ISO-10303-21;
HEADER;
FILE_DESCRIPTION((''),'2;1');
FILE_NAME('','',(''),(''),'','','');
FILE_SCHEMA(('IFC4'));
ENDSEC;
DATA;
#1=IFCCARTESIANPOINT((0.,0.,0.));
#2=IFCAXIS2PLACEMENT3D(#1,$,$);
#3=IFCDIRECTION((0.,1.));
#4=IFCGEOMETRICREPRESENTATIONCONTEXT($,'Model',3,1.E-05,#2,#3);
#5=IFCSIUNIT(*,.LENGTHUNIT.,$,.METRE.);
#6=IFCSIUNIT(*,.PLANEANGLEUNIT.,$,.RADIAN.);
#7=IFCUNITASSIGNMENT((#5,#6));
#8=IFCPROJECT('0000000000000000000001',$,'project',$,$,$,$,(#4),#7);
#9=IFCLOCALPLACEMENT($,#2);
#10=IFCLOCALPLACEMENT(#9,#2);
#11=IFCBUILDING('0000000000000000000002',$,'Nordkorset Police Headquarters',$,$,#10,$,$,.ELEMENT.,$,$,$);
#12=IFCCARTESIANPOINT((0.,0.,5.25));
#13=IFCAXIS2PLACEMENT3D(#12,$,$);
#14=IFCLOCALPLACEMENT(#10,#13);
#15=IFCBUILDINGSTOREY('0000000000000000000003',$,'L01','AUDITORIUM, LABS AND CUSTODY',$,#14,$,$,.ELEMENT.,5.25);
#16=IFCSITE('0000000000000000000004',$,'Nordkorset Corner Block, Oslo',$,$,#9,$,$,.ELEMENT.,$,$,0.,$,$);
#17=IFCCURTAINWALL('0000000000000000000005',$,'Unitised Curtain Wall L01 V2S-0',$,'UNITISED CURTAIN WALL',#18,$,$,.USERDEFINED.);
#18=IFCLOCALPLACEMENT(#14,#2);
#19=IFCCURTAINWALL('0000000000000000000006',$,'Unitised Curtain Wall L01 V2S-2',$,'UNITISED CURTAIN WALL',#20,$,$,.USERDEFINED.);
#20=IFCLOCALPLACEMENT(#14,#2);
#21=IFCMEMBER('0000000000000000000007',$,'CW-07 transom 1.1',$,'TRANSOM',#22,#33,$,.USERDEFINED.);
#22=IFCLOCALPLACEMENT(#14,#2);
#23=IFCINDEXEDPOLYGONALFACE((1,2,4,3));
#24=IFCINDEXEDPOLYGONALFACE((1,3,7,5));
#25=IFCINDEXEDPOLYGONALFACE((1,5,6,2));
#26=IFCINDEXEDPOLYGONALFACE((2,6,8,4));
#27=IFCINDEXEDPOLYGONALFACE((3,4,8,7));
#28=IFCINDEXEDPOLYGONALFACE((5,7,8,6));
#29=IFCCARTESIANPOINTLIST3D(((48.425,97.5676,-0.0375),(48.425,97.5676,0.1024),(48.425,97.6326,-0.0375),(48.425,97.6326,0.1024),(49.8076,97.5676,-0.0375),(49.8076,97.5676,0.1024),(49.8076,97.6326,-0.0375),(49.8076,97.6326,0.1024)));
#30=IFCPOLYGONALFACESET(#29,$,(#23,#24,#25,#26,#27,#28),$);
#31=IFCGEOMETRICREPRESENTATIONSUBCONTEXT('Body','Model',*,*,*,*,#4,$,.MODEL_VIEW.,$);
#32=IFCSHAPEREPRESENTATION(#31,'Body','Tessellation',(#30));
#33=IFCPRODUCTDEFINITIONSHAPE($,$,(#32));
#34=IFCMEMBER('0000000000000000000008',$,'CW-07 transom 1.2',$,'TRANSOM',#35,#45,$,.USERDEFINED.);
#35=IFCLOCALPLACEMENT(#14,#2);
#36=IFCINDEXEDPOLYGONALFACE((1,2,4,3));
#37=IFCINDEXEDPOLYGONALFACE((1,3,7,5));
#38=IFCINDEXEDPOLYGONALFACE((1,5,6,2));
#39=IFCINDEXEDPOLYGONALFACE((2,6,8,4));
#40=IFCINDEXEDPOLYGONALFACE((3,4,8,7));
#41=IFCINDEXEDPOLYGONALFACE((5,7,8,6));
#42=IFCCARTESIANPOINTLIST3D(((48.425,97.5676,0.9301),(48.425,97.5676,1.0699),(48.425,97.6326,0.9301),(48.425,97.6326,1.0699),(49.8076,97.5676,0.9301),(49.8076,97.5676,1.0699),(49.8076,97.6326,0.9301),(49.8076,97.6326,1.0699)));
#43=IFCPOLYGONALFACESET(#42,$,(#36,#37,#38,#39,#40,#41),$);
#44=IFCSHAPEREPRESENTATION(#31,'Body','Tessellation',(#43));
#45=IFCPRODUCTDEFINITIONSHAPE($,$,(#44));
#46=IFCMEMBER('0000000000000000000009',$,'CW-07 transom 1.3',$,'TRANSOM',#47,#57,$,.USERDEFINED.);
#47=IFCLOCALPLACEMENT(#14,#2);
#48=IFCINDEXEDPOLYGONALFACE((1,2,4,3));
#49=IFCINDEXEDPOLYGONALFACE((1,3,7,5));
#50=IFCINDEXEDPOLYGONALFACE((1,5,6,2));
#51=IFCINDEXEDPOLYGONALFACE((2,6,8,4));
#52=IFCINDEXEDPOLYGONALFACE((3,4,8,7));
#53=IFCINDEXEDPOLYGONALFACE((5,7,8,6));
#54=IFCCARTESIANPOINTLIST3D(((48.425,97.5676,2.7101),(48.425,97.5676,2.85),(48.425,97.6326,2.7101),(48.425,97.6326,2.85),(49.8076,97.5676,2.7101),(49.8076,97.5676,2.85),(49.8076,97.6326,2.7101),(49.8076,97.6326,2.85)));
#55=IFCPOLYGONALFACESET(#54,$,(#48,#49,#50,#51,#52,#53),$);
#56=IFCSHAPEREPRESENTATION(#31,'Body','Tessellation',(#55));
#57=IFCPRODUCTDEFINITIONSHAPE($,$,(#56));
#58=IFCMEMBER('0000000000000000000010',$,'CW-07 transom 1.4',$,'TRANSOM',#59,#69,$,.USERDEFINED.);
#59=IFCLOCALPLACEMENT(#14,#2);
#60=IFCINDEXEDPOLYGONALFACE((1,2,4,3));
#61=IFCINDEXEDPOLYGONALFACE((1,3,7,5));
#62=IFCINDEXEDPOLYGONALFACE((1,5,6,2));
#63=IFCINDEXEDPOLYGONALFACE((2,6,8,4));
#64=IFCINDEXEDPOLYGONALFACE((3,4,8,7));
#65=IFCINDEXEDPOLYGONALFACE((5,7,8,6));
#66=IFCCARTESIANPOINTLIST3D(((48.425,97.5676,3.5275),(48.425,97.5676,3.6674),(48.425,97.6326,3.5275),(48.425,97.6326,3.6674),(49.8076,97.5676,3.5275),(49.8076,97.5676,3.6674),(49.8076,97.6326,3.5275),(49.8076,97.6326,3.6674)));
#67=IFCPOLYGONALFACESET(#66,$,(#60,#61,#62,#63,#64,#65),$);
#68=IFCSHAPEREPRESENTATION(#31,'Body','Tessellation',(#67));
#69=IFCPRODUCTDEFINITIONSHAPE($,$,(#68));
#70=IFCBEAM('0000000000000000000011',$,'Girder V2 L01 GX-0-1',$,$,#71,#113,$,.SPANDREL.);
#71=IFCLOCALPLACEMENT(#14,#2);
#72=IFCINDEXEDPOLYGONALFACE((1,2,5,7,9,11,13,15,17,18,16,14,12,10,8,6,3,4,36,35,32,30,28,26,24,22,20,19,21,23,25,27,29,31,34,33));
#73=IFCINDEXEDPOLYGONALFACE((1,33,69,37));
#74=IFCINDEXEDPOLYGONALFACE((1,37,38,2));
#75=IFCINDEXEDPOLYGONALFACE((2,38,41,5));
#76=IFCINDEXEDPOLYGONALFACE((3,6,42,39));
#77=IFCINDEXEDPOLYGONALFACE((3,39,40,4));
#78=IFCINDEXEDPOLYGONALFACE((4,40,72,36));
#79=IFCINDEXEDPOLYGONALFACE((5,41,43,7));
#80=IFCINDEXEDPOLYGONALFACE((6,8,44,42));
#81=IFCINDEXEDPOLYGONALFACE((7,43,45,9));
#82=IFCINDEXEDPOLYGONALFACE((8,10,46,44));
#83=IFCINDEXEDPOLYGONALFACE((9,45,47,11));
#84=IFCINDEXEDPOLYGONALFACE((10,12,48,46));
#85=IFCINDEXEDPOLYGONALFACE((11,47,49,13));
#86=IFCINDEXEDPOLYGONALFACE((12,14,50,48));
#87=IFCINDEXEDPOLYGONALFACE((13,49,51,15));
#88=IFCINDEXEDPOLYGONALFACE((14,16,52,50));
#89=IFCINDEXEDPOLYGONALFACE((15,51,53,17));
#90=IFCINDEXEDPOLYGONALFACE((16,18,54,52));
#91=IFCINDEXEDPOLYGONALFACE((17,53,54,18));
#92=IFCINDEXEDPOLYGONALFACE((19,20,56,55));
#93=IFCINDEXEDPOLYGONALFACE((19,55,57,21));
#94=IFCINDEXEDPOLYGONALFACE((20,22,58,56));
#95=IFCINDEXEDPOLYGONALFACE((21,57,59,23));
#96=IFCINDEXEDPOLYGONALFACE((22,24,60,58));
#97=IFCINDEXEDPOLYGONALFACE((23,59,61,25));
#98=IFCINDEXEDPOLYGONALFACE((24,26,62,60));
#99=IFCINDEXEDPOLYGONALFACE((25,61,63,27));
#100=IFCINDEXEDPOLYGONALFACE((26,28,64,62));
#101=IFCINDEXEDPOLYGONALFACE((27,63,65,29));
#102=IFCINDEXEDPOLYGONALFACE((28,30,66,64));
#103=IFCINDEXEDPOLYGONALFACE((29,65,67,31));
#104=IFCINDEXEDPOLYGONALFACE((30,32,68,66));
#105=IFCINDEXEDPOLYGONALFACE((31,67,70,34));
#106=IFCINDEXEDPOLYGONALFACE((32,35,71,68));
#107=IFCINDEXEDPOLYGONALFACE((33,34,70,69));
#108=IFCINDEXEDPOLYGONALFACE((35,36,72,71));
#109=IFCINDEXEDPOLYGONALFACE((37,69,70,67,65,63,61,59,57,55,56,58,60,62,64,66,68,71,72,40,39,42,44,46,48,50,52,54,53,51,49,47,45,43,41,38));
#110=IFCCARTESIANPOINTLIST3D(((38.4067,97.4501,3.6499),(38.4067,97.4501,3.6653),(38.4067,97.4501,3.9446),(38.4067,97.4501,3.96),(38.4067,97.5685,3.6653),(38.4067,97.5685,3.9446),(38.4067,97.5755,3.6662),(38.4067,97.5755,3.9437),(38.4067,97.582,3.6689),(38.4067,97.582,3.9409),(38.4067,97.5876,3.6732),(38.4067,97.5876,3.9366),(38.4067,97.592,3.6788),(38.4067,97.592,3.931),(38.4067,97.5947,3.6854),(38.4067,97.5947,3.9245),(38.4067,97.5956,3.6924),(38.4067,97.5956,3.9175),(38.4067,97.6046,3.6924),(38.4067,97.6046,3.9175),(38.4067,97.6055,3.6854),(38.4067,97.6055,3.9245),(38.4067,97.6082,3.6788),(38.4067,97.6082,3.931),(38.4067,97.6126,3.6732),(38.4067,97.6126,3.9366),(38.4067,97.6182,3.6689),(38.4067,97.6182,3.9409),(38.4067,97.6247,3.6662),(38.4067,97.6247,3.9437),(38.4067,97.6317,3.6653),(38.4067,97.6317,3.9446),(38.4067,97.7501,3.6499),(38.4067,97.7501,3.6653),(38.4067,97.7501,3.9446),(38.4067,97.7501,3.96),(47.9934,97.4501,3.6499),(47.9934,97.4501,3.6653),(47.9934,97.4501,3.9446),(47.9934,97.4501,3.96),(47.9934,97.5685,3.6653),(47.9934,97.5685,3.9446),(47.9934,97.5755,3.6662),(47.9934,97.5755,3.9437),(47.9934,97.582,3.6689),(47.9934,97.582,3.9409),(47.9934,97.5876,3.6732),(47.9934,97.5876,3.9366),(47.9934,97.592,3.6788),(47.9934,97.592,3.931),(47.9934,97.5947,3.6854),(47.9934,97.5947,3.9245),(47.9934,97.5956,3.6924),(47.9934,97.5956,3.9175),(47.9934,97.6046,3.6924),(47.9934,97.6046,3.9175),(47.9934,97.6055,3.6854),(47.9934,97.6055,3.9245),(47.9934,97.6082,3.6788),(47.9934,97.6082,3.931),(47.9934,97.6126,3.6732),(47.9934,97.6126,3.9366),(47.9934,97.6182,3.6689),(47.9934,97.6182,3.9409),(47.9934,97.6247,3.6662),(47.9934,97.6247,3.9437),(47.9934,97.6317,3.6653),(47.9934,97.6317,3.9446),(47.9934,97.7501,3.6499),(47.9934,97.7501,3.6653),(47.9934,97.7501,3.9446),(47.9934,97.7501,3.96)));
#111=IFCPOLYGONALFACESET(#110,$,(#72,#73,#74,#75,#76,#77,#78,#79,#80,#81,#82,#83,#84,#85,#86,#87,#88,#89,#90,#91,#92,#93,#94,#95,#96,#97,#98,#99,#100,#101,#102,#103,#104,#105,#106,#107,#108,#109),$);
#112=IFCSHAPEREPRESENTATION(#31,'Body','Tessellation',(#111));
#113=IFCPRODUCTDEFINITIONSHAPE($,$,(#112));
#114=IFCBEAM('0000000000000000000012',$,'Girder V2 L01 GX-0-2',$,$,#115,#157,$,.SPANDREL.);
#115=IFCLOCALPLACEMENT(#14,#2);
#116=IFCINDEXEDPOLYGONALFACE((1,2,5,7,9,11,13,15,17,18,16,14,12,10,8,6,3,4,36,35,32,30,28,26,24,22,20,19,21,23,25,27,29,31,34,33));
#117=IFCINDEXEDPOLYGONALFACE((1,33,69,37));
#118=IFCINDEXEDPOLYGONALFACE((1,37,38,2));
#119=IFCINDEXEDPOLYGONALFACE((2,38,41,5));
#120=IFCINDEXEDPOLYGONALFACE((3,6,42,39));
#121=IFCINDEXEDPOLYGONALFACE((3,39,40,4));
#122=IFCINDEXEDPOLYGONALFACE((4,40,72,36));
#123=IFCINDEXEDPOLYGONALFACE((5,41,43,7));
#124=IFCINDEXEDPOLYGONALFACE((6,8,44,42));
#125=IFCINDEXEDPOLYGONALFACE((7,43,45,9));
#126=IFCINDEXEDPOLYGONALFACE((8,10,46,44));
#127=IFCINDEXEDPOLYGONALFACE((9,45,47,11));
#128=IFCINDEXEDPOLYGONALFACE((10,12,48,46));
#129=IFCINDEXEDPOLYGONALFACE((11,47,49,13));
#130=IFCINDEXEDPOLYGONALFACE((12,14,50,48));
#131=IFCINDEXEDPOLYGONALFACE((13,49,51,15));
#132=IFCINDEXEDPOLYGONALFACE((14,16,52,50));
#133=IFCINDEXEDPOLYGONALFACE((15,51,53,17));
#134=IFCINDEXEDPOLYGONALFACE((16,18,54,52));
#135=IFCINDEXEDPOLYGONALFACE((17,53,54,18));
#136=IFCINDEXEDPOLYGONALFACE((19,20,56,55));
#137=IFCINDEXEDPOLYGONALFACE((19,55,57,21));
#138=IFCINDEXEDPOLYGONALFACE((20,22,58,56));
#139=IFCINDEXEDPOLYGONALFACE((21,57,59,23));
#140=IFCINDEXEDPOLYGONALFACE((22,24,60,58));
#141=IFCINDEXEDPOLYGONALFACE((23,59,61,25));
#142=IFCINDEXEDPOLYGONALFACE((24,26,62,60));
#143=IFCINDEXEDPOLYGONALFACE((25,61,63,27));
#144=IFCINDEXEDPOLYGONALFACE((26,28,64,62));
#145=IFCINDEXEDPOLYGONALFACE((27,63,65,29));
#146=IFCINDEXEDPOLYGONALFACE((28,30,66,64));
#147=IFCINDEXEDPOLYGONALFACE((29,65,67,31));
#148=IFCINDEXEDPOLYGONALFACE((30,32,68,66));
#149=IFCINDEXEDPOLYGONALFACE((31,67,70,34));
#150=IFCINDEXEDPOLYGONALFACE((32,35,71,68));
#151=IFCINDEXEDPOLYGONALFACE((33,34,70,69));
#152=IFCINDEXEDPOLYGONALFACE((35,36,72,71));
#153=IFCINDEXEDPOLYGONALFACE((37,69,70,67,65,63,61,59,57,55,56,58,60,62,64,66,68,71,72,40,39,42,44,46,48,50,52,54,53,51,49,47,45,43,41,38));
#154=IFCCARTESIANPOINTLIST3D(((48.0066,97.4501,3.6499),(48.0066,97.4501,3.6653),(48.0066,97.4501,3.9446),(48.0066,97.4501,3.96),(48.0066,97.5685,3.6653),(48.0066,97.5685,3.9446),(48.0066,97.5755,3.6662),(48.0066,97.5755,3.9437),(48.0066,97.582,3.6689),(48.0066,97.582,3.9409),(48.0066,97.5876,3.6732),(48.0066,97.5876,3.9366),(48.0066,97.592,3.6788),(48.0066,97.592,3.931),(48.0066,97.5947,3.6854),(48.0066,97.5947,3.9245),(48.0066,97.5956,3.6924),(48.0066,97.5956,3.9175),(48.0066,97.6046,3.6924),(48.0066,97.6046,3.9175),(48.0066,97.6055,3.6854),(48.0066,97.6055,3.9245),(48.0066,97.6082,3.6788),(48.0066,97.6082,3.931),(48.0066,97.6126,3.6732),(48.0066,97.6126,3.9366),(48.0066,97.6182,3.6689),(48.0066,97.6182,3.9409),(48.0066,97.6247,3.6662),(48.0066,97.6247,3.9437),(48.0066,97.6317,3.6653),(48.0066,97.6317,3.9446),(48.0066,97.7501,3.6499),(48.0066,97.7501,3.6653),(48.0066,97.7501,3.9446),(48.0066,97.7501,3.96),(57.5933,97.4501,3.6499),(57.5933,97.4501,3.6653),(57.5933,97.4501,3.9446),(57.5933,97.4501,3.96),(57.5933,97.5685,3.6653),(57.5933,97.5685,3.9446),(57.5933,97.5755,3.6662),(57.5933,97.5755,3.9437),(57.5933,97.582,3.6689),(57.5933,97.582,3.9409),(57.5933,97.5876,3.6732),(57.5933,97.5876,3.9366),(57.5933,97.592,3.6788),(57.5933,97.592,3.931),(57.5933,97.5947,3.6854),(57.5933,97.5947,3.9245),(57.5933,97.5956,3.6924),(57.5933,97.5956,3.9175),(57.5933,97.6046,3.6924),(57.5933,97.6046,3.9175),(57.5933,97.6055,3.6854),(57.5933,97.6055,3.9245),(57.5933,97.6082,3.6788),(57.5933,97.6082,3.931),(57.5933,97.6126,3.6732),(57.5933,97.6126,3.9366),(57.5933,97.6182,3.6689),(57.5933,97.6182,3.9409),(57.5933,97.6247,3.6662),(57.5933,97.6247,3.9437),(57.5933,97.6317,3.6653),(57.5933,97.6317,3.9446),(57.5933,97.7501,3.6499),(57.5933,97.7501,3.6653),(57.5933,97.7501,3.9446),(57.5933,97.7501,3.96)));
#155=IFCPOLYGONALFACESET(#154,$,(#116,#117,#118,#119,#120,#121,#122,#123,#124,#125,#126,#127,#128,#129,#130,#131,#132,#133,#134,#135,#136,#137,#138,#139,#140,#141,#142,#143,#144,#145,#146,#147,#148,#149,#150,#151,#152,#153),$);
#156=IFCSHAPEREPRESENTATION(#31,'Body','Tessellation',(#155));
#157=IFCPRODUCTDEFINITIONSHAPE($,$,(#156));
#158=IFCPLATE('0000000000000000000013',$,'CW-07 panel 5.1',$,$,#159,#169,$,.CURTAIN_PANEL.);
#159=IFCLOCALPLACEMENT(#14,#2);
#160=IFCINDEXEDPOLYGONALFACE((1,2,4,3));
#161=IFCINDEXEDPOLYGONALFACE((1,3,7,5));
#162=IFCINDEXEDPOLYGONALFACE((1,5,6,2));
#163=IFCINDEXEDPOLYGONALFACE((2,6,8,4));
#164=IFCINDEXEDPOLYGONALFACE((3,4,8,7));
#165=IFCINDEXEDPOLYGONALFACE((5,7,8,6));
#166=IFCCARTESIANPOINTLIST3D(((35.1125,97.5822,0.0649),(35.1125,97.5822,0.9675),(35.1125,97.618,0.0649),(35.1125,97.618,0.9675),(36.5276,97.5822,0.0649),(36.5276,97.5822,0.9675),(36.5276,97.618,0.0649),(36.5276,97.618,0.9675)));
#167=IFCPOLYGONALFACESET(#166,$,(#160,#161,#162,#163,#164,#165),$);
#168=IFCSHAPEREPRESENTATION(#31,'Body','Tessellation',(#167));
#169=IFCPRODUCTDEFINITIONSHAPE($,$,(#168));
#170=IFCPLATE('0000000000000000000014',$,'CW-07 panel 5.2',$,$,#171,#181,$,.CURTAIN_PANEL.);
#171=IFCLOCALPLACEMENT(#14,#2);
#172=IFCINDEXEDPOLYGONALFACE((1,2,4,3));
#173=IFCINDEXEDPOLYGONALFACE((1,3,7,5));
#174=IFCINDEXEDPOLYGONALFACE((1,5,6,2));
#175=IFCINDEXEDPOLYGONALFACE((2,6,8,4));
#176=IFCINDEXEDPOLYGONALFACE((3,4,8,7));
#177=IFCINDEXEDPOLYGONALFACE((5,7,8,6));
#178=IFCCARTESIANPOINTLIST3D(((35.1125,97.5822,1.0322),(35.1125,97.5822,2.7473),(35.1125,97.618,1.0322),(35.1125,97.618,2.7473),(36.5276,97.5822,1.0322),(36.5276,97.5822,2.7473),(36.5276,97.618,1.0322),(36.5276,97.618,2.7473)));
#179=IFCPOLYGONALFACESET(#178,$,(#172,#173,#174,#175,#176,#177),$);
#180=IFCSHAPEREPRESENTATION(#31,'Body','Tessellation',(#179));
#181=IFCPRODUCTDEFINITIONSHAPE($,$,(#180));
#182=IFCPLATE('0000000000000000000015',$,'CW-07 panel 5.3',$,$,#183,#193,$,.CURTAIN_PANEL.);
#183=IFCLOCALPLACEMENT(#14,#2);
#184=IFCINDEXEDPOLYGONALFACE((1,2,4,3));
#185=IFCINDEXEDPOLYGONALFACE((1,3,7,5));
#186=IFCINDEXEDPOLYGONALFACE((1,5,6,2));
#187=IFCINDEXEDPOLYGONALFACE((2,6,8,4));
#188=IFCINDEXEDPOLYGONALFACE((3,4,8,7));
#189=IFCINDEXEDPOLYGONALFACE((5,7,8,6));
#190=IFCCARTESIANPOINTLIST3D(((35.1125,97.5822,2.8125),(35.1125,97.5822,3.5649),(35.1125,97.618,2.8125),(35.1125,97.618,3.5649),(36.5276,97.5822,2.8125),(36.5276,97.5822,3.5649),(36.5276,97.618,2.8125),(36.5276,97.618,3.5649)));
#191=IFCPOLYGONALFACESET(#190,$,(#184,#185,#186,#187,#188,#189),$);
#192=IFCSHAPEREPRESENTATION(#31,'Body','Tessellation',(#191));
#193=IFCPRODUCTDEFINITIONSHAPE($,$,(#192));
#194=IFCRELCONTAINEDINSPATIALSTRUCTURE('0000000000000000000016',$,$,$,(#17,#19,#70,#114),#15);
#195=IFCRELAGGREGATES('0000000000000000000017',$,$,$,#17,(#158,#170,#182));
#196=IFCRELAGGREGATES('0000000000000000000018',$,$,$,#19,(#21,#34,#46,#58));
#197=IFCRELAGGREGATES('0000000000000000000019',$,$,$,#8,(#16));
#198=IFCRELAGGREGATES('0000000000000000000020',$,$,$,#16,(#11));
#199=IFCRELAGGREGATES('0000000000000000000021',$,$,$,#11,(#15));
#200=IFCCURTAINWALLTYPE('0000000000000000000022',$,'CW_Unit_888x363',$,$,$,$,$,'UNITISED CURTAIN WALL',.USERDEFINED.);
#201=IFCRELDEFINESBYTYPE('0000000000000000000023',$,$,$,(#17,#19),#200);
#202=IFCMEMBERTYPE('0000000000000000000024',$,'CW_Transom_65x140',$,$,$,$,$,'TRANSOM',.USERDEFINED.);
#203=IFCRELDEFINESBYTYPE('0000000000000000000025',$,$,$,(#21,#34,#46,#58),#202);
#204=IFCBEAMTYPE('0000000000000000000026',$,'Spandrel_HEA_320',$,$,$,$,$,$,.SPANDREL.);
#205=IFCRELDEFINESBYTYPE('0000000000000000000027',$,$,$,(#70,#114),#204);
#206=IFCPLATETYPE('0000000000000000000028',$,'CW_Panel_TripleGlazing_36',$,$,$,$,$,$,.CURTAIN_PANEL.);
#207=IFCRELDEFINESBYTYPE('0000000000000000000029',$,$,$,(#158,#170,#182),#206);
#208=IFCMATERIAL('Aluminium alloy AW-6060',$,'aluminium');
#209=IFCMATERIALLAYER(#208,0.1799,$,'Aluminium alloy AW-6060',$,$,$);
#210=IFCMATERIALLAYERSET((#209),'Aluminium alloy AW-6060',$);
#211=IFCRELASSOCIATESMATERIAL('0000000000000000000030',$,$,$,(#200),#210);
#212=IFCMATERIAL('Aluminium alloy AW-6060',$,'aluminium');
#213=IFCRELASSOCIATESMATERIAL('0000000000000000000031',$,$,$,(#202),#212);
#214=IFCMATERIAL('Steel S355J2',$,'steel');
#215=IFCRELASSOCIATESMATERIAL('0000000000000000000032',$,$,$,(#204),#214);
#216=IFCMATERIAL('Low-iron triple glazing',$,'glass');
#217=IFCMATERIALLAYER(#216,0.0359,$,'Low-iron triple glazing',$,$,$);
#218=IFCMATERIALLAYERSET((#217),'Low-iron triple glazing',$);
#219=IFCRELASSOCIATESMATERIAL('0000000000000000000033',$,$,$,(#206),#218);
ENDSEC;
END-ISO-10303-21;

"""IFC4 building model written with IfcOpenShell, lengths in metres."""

from ifc_helpers import new_model, si_unit, direction, frame, origin, origin_2d, place, context, subcontext, project, spatial, rectangle, i_section, extrude, material, layer, layer_set, material_profile, profile_set, type_object, element, aggregate, save


model = new_model("IFC4")

# Units and contexts
model_context = context("Model", 3, precision=1e-05, world=origin(), true_north=direction((0.0, 1.0)))
body_context = subcontext(model_context, "Body", "Model", "MODEL_VIEW")
ifc_project = project(units=[si_unit("LENGTHUNIT", "METRE"), si_unit("PLANEANGLEUNIT", "RADIAN")], contexts=[model_context])

# Site, building, storey
site_placement = place(None, origin())
site = spatial("IfcSite", under=ifc_project, at=site_placement, Name="Nordkorset Corner Block, Oslo", CompositionType="ELEMENT", RefElevation=0.0)
building_placement = place(site_placement, origin())
building = spatial("IfcBuilding", under=site, at=building_placement, Name="Nordkorset Police Headquarters", CompositionType="ELEMENT")
storey_placement = place(building_placement, frame((0.0, 0.0, 5.25)))
storey = spatial("IfcBuildingStorey", under=building, at=storey_placement, Name="L01", Description="AUDITORIUM, LABS AND CUSTODY", CompositionType="ELEMENT", Elevation=5.25)

# Curtain wall
ifc_material_1 = material(Name="Aluminium alloy AW-6060", Category="aluminium")
ifc_layer_1 = layer(ifc_material_1, 0.1799, Name="Aluminium alloy AW-6060")
ifc_layer_set_1 = layer_set([ifc_layer_1], Name="Aluminium alloy AW-6060")
curtain_wall_type = type_object("IfcCurtainWallType", Name="CW_Unit_888x363", ElementType="UNITISED CURTAIN WALL", PredefinedType="USERDEFINED", material=ifc_layer_set_1)
curtain_wall_1_placement = place(storey_placement, origin())
curtain_wall_1 = element("IfcCurtainWall", 1, at=curtain_wall_1_placement, inside=storey, type_object=curtain_wall_type, Name="Unitised Curtain Wall L01 V2S-0", ObjectType="UNITISED CURTAIN WALL", PredefinedType="USERDEFINED")

# Curtain wall
curtain_wall_2_placement = place(storey_placement, origin())
curtain_wall_2 = element("IfcCurtainWall", 2, at=curtain_wall_2_placement, inside=storey, type_object=curtain_wall_type, Name="Unitised Curtain Wall L01 V2S-2", ObjectType="UNITISED CURTAIN WALL", PredefinedType="USERDEFINED")

# Members
ifc_material_2 = material(Name="Aluminium alloy AW-6060", Category="aluminium")
ifc_material_profile_1 = material_profile(ifc_material_2, rectangle(XDim=0.0649, YDim=0.1399, at=origin_2d()), Name="ALU TRAN 65x140")
ifc_profile_set_1 = profile_set([ifc_material_profile_1], Name="Aluminium alloy AW-6060")
member_type_1 = type_object("IfcMemberType", Name="CW_Transom_65x140", ElementType="TRANSOM", PredefinedType="USERDEFINED", material=ifc_profile_set_1)
member_1_placement = place(storey_placement, frame((48.425, 97.6001, 0.0325), z_axis=(1.0, 0.0, 0.0), x_axis=(0.0, 1.0, 0.0)))
member_1 = element("IfcMember", 3, at=member_1_placement, type_object=member_type_1, Name="CW-07 transom 1.1", ObjectType="TRANSOM", PredefinedType="USERDEFINED", context=body_context, shape_type="SweptSolid", body=[
    extrude(rectangle(XDim=0.0649, YDim=0.1399, at=origin_2d()), origin(), (0.0, 0.0, 1.0), 1.3826),
])
member_2_placement = place(storey_placement, frame((48.425, 97.6001, 1.0), z_axis=(1.0, 0.0, 0.0), x_axis=(0.0, 1.0, 0.0)))
member_2 = element("IfcMember", 4, at=member_2_placement, type_object=member_type_1, Name="CW-07 transom 1.2", ObjectType="TRANSOM", PredefinedType="USERDEFINED", context=body_context, shape_type="SweptSolid", body=[
    extrude(rectangle(XDim=0.0649, YDim=0.1399, at=origin_2d()), origin(), (0.0, 0.0, 1.0), 1.3826),
])
member_3_placement = place(storey_placement, frame((48.425, 97.6001, 2.78), z_axis=(1.0, 0.0, 0.0), x_axis=(0.0, 1.0, 0.0)))
member_3 = element("IfcMember", 5, at=member_3_placement, type_object=member_type_1, Name="CW-07 transom 1.3", ObjectType="TRANSOM", PredefinedType="USERDEFINED", context=body_context, shape_type="SweptSolid", body=[
    extrude(rectangle(XDim=0.0649, YDim=0.1399, at=origin_2d()), origin(), (0.0, 0.0, 1.0), 1.3826),
])
member_4_placement = place(storey_placement, frame((48.425, 97.6001, 3.5974), z_axis=(1.0, 0.0, 0.0), x_axis=(0.0, 1.0, 0.0)))
member_4 = element("IfcMember", 6, at=member_4_placement, type_object=member_type_1, Name="CW-07 transom 1.4", ObjectType="TRANSOM", PredefinedType="USERDEFINED", context=body_context, shape_type="SweptSolid", body=[
    extrude(rectangle(XDim=0.0649, YDim=0.1399, at=origin_2d()), origin(), (0.0, 0.0, 1.0), 1.3826),
])

# Beams
ifc_material_3 = material(Name="Steel S355J2", Category="steel")
ifc_material_profile_2 = material_profile(ifc_material_3, i_section(OverallWidth=0.3, OverallDepth=0.3101, WebThickness=0.009, FlangeThickness=0.0154, FilletRadius=0.0271, at=origin_2d()), Name="HEA 320")
ifc_profile_set_2 = profile_set([ifc_material_profile_2], Name="Steel S355J2")
beam_type = type_object("IfcBeamType", Name="Spandrel_HEA_320", PredefinedType="SPANDREL", material=ifc_profile_set_2)
for number, where, z_axis, x_axis, name in (
    (7, (38.4067, 97.6001, 3.8049), (1.0, 0.0, 0.0), (0.0, 1.0, 0.0), "Girder V2 L01 GX-0-1"),
    (8, (48.0066, 97.6001, 3.8049), (1.0, 0.0, 0.0), (0.0, 1.0, 0.0), "Girder V2 L01 GX-0-2"),
):
    element("IfcBeam", number, at=place(storey_placement, frame(where, z_axis=z_axis, x_axis=x_axis)), inside=storey, type_object=beam_type, Name=name, PredefinedType="SPANDREL", context=body_context, shape_type="SweptSolid", body=[
        extrude(i_section(OverallWidth=0.3, OverallDepth=0.3101, WebThickness=0.009, FlangeThickness=0.0154, FilletRadius=0.0271, at=origin_2d()), origin(), (0.0, 0.0, 1.0), 9.5867),
    ])

# Plates
ifc_material_4 = material(Name="Low-iron triple glazing", Category="glass")
ifc_layer_2 = layer(ifc_material_4, 0.0359, Name="Low-iron triple glazing")
ifc_layer_set_2 = layer_set([ifc_layer_2], Name="Low-iron triple glazing")
plate_type = type_object("IfcPlateType", Name="CW_Panel_TripleGlazing_36", PredefinedType="CURTAIN_PANEL", material=ifc_layer_set_2)
plate_1_placement = place(storey_placement, frame((35.8201, 97.6001, 0.0649), z_axis=(0.0, 0.0, 1.0), x_axis=(1.0, 0.0, 0.0)))
plate_1 = element("IfcPlate", 9, at=plate_1_placement, type_object=plate_type, Name="CW-07 panel 5.1", PredefinedType="CURTAIN_PANEL", context=body_context, shape_type="SweptSolid", body=[
    extrude(rectangle(XDim=1.415, YDim=0.0359, at=origin_2d()), origin(), (0.0, 0.0, 1.0), 0.9026),
])
plate_2_placement = place(storey_placement, frame((35.8201, 97.6001, 1.0322), z_axis=(0.0, 0.0, 1.0), x_axis=(1.0, 0.0, 0.0)))
plate_2 = element("IfcPlate", 10, at=plate_2_placement, type_object=plate_type, Name="CW-07 panel 5.2", PredefinedType="CURTAIN_PANEL", context=body_context, shape_type="SweptSolid", body=[
    extrude(rectangle(XDim=1.415, YDim=0.0359, at=origin_2d()), origin(), (0.0, 0.0, 1.0), 1.7151),
])
plate_3_placement = place(storey_placement, frame((35.8201, 97.6001, 2.8125), z_axis=(0.0, 0.0, 1.0), x_axis=(1.0, 0.0, 0.0)))
plate_3 = element("IfcPlate", 11, at=plate_3_placement, type_object=plate_type, Name="CW-07 panel 5.3", PredefinedType="CURTAIN_PANEL", context=body_context, shape_type="SweptSolid", body=[
    extrude(rectangle(XDim=1.415, YDim=0.0359, at=origin_2d()), origin(), (0.0, 0.0, 1.0), 0.7524),
])
aggregate(curtain_wall_1, [plate_1, plate_2, plate_3])
aggregate(curtain_wall_2, [member_1, member_2, member_3, member_4])

save(model, "model.ifc")
